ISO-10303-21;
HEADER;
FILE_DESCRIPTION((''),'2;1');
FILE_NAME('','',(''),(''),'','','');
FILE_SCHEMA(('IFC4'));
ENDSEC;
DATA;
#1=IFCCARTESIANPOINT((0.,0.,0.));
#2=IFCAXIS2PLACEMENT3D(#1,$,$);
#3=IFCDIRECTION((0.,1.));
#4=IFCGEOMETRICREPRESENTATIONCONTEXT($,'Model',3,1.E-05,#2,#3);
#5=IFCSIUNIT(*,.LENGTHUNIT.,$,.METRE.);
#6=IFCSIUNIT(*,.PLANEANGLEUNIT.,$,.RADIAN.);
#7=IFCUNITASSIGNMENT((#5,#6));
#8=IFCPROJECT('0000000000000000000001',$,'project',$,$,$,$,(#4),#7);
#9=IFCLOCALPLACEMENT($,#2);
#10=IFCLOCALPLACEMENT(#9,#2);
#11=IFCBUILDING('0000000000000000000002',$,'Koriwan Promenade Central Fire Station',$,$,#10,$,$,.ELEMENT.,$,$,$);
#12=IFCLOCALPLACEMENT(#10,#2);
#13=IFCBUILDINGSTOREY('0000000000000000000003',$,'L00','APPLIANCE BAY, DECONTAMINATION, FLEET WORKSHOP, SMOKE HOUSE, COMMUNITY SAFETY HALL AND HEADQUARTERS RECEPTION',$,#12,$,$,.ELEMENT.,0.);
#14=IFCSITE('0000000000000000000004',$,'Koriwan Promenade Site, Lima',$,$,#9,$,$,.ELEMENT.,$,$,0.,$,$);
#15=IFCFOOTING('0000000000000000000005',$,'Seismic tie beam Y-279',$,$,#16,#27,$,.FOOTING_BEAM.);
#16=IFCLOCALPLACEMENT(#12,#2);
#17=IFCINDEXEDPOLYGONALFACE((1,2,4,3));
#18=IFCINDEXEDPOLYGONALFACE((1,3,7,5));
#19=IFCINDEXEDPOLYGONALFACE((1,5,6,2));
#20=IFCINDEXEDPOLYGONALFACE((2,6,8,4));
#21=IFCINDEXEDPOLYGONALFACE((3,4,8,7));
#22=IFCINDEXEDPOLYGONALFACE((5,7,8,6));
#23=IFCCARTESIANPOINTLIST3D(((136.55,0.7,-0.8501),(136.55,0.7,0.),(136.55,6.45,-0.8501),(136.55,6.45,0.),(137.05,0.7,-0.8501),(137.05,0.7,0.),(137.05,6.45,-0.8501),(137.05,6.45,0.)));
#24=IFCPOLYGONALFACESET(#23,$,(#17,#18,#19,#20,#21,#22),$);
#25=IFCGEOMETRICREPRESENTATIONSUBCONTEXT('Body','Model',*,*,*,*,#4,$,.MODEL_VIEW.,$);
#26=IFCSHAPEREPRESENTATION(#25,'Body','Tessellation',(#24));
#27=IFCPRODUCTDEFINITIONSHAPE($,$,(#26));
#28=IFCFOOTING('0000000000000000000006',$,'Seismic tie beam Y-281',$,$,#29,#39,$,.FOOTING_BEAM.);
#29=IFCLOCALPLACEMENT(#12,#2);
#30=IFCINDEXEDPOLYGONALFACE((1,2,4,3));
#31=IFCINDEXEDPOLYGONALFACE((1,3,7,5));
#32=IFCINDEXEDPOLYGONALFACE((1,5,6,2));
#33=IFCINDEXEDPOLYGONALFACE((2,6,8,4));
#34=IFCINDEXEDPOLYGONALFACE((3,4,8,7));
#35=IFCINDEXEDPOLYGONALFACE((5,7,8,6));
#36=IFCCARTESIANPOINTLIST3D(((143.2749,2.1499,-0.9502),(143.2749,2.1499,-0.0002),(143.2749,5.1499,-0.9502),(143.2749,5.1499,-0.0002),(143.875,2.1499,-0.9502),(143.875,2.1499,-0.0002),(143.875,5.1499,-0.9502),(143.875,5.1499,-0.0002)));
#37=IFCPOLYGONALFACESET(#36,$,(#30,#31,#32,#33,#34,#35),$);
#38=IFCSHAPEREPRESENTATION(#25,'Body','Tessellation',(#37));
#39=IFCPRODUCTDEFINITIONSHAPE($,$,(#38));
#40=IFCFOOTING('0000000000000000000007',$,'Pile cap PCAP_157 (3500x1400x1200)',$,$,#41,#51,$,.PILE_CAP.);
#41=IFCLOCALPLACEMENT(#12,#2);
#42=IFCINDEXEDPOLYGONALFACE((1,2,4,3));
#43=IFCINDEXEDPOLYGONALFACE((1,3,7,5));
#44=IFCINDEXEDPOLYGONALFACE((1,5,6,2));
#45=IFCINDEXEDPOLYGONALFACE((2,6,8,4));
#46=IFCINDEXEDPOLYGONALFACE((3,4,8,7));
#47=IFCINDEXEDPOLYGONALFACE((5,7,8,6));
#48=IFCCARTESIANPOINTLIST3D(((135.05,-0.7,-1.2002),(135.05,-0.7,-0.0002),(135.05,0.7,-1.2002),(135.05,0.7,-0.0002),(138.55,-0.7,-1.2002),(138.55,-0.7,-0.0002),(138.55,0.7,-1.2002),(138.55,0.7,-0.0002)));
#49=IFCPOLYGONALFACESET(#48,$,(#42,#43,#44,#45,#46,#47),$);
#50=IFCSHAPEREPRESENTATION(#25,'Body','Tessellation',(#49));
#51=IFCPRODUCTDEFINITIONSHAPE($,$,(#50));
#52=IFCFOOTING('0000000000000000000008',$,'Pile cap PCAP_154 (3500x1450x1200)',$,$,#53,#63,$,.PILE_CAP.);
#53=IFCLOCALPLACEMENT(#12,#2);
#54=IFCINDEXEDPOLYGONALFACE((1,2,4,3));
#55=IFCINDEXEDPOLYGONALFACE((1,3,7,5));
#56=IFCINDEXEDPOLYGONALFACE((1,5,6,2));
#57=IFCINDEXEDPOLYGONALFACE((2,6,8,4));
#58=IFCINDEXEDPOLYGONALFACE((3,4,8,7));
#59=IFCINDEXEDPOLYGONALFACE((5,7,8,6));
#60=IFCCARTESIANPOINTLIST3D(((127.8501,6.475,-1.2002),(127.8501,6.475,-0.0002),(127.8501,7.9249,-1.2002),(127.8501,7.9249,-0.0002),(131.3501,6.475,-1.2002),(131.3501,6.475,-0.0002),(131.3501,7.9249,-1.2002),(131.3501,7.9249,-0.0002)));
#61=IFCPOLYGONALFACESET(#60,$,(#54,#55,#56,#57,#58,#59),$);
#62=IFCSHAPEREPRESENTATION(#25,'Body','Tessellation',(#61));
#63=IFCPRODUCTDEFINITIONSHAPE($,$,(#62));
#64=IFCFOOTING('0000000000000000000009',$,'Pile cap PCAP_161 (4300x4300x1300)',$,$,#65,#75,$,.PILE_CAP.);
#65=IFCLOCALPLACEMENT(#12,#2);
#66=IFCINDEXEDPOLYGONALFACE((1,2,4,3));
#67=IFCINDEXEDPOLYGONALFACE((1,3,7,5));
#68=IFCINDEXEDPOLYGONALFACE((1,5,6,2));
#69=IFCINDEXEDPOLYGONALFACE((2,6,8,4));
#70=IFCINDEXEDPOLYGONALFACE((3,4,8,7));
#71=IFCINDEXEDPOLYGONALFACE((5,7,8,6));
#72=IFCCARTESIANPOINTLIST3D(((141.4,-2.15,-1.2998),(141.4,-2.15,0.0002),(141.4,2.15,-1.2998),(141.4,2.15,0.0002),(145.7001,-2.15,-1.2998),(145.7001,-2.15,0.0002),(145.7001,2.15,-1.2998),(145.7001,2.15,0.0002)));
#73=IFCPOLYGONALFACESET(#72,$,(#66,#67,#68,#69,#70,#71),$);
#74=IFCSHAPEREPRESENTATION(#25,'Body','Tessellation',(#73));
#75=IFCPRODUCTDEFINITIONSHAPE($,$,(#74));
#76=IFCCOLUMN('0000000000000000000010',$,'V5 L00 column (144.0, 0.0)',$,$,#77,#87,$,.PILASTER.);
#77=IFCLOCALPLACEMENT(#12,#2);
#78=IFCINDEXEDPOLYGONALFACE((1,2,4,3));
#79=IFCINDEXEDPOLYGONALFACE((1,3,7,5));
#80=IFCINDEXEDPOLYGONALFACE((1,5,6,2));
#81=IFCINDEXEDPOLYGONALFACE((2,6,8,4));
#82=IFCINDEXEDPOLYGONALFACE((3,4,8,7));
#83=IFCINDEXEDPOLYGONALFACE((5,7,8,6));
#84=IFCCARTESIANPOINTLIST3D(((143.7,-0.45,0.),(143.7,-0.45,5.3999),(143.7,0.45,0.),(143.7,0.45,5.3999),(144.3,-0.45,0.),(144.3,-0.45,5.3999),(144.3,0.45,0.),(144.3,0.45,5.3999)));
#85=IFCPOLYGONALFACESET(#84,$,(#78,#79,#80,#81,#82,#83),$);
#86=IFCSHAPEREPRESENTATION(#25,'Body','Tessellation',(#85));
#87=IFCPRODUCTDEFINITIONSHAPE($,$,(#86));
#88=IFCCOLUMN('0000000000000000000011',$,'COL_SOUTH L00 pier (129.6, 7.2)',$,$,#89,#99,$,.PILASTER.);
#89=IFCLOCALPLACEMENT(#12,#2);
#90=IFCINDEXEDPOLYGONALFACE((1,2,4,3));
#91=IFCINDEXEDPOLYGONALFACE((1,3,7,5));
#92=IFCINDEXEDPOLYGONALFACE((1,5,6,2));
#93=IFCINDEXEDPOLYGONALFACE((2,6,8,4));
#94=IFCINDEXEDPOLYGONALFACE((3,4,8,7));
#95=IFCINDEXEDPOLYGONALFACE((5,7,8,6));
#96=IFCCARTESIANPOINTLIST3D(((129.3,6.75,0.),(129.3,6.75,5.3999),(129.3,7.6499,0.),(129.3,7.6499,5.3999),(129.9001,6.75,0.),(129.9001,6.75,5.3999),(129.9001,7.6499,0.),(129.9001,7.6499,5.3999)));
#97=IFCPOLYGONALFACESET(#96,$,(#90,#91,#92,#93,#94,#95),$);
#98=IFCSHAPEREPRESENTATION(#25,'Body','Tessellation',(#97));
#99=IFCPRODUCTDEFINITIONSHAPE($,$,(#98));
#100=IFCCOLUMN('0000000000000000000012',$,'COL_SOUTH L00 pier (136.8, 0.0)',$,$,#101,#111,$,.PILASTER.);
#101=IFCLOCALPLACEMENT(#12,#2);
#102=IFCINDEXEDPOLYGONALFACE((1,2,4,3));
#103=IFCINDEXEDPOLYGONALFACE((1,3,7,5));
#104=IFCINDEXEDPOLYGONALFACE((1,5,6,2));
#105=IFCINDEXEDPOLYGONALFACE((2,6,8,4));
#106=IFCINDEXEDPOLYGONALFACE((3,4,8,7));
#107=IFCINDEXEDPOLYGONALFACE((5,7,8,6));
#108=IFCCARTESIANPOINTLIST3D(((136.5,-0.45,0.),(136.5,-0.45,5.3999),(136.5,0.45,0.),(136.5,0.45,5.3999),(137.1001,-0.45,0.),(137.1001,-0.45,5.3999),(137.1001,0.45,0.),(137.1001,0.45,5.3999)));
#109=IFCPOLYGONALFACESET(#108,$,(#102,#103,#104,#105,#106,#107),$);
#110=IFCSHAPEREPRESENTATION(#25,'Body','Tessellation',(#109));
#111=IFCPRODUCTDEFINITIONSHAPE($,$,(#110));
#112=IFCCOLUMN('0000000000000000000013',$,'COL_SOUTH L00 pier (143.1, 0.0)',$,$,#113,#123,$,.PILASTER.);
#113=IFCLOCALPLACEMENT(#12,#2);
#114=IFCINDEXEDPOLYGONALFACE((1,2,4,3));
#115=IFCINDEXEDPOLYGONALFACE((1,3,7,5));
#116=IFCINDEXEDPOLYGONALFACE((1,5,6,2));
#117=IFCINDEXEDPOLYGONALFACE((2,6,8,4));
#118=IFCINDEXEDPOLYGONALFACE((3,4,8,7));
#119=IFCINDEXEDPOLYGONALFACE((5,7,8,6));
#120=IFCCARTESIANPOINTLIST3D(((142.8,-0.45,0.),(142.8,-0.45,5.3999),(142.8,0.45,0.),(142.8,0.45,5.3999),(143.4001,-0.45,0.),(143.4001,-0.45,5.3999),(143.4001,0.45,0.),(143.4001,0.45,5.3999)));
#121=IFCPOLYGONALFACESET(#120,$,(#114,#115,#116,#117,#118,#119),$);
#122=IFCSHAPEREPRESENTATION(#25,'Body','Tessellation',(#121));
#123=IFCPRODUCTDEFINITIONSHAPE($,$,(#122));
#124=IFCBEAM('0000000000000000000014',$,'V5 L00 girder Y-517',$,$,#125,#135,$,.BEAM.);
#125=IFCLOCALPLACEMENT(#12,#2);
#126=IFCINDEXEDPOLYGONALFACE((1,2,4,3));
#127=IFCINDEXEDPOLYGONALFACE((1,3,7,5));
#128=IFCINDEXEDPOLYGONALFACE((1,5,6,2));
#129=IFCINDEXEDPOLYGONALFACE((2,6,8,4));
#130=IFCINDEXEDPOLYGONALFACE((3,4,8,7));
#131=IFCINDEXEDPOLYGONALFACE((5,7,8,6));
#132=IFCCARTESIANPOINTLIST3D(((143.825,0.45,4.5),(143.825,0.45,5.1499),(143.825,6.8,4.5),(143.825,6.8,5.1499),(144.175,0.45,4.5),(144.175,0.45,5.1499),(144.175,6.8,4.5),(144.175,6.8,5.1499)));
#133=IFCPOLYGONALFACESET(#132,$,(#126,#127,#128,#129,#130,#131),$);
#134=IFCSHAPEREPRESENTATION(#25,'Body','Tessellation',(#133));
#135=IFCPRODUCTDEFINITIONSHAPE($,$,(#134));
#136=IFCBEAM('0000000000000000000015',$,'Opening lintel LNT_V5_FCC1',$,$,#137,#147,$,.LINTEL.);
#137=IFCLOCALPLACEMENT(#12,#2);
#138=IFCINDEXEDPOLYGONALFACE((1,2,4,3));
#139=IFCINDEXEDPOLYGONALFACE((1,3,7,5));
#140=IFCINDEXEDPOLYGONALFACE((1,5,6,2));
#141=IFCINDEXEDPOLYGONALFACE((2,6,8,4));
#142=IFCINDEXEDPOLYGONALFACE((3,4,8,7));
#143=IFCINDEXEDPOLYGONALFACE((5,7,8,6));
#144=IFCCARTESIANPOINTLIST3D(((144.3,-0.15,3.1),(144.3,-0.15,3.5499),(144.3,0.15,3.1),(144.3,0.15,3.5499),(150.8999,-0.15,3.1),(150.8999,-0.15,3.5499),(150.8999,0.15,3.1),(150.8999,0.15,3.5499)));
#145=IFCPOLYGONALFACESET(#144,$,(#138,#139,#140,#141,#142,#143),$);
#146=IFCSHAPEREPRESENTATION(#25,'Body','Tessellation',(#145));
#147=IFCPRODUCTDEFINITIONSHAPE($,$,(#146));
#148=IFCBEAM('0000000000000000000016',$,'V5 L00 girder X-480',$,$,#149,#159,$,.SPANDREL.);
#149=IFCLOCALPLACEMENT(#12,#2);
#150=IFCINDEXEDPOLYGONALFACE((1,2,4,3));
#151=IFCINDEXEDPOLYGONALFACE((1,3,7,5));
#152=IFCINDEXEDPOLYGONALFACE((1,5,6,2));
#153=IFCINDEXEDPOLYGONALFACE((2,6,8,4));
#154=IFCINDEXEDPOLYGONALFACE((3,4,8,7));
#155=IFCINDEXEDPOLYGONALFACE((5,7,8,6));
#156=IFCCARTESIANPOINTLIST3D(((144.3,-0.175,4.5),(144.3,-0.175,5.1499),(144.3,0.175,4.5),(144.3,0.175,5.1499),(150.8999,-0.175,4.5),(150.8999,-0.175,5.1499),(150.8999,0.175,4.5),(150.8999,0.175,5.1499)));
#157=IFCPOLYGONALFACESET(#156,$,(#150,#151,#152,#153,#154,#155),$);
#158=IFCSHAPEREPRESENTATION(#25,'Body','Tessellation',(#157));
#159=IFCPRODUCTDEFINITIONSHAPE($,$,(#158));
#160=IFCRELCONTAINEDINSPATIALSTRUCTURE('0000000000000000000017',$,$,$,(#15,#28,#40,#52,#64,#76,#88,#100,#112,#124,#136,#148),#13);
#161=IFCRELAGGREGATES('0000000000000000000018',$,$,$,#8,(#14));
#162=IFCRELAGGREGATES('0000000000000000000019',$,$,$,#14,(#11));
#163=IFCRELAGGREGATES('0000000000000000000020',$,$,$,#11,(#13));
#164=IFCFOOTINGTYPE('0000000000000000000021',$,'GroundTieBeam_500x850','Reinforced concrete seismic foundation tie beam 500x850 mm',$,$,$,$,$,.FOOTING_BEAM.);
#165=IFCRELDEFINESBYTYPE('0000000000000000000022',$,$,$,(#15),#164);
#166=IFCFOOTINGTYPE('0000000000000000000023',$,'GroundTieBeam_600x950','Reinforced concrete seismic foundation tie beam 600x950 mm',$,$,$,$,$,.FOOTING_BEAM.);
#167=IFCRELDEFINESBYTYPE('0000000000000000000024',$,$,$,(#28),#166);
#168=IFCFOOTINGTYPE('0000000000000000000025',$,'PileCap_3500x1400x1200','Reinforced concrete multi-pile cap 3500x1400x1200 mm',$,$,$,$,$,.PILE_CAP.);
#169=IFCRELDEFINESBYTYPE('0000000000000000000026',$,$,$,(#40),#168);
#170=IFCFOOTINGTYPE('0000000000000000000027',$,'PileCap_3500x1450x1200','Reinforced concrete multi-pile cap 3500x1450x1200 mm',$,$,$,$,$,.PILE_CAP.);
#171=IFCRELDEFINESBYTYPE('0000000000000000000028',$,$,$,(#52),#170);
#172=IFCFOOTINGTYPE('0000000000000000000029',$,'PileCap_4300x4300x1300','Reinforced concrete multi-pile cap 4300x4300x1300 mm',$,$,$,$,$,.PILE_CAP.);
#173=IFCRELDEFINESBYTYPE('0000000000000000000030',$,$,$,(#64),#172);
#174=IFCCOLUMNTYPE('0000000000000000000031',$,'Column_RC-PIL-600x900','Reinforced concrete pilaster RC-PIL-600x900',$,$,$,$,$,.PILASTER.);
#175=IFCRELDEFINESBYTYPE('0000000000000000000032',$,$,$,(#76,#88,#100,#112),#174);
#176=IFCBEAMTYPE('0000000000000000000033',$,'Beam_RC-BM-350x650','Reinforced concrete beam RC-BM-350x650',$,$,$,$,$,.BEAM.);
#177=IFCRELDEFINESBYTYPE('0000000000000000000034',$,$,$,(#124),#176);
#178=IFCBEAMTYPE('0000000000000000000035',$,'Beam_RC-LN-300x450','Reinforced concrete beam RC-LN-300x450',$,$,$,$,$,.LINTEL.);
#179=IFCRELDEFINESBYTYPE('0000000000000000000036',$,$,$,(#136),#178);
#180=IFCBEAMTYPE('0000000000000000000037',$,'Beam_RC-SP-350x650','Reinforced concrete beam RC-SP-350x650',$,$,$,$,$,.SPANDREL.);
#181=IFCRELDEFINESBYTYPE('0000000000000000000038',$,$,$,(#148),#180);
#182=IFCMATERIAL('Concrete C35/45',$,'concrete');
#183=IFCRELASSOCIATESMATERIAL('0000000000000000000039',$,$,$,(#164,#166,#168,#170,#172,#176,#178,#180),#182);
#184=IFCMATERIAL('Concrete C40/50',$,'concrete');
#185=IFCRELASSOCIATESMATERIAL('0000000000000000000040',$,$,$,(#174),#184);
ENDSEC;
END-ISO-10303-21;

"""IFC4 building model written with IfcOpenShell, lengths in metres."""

from ifc_helpers import new_model, si_unit, direction, frame, origin, origin_2d, place, context, subcontext, project, spatial, rectangle, extrude, material, material_profile, profile_set, type_object, element, save


model = new_model("IFC4")

# Units and contexts
model_context = context("Model", 3, precision=1e-05, world=origin(), true_north=direction((0.0, 1.0)))
body_context = subcontext(model_context, "Body", "Model", "MODEL_VIEW")
ifc_project = project(units=[si_unit("LENGTHUNIT", "METRE"), si_unit("PLANEANGLEUNIT", "RADIAN")], contexts=[model_context])

# Site, building, storey
site_placement = place(None, origin())
site = spatial("IfcSite", under=ifc_project, at=site_placement, Name="Koriwan Promenade Site, Lima", CompositionType="ELEMENT", RefElevation=0.0)
building_placement = place(site_placement, origin())
building = spatial("IfcBuilding", under=site, at=building_placement, Name="Koriwan Promenade Central Fire Station", CompositionType="ELEMENT")
storey_placement = place(building_placement, origin())
storey = spatial("IfcBuildingStorey", under=building, at=storey_placement, Name="L00", Description="APPLIANCE BAY, DECONTAMINATION, FLEET WORKSHOP, SMOKE HOUSE, COMMUNITY SAFETY HALL AND HEADQUARTERS RECEPTION", CompositionType="ELEMENT", Elevation=0.0)

# Shared definitions
ifc_material_1 = material(Name="Concrete C35/45", Category="concrete")

# Footings
footing_type_1 = type_object("IfcFootingType", Name="GroundTieBeam_500x850", Description="Reinforced concrete seismic foundation tie beam 500x850 mm", PredefinedType="FOOTING_BEAM", material=ifc_material_1)
footing_1_placement = place(storey_placement, frame((136.8, 3.575, -0.8501), z_axis=(0.0, 0.0, 1.0), x_axis=(0.0, 1.0, 0.0)))
element("IfcFooting", 1, at=footing_1_placement, inside=storey, type_object=footing_type_1, Name="Seismic tie beam Y-279", PredefinedType="FOOTING_BEAM", context=body_context, shape_type="SweptSolid", body=[
    extrude(rectangle(XDim=5.75, YDim=0.5, at=origin_2d()), origin(), (0.0, 0.0, 1.0), 0.8501),
])
footing_type_2 = type_object("IfcFootingType", Name="GroundTieBeam_600x950", Description="Reinforced concrete seismic foundation tie beam 600x950 mm", PredefinedType="FOOTING_BEAM", material=ifc_material_1)
footing_2_placement = place(storey_placement, frame((143.575, 3.6499, -0.9502), z_axis=(0.0, 0.0, 1.0), x_axis=(0.0, 1.0, 0.0)))
element("IfcFooting", 2, at=footing_2_placement, inside=storey, type_object=footing_type_2, Name="Seismic tie beam Y-281", PredefinedType="FOOTING_BEAM", context=body_context, shape_type="SweptSolid", body=[
    extrude(rectangle(XDim=3.0, YDim=0.6001, at=origin_2d()), origin(), (0.0, 0.0, 1.0), 0.95),
])
footing_type_3 = type_object("IfcFootingType", Name="PileCap_3500x1400x1200", Description="Reinforced concrete multi-pile cap 3500x1400x1200 mm", PredefinedType="PILE_CAP", material=ifc_material_1)
footing_3_placement = place(storey_placement, frame((136.8, 0.0, -1.2002), z_axis=(0.0, 0.0, 1.0), x_axis=(1.0, 0.0, 0.0)))
element("IfcFooting", 3, at=footing_3_placement, inside=storey, type_object=footing_type_3, Name="Pile cap PCAP_157 (3500x1400x1200)", PredefinedType="PILE_CAP", context=body_context, shape_type="SweptSolid", body=[
    extrude(rectangle(XDim=3.5, YDim=1.3999, at=origin_2d()), origin(), (0.0, 0.0, 1.0), 1.2),
])
footing_type_4 = type_object("IfcFootingType", Name="PileCap_3500x1450x1200", Description="Reinforced concrete multi-pile cap 3500x1450x1200 mm", PredefinedType="PILE_CAP", material=ifc_material_1)
footing_4_placement = place(storey_placement, frame((129.6001, 7.2, -1.2002), z_axis=(0.0, 0.0, 1.0), x_axis=(1.0, 0.0, 0.0)))
element("IfcFooting", 4, at=footing_4_placement, inside=storey, type_object=footing_type_4, Name="Pile cap PCAP_154 (3500x1450x1200)", PredefinedType="PILE_CAP", context=body_context, shape_type="SweptSolid", body=[
    extrude(rectangle(XDim=3.5, YDim=1.45, at=origin_2d()), origin(), (0.0, 0.0, 1.0), 1.2),
])
footing_type_5 = type_object("IfcFootingType", Name="PileCap_4300x4300x1300", Description="Reinforced concrete multi-pile cap 4300x4300x1300 mm", PredefinedType="PILE_CAP", material=ifc_material_1)
footing_5_placement = place(storey_placement, frame((143.55, 0.0, -1.2998), z_axis=(0.0, 0.0, 1.0), x_axis=(1.0, 0.0, 0.0)))
element("IfcFooting", 5, at=footing_5_placement, inside=storey, type_object=footing_type_5, Name="Pile cap PCAP_161 (4300x4300x1300)", PredefinedType="PILE_CAP", context=body_context, shape_type="SweptSolid", body=[
    extrude(rectangle(XDim=4.3, YDim=4.3, at=origin_2d()), origin(), (0.0, 0.0, 1.0), 1.3),
])

# Columns
ifc_material_2 = material(Name="Concrete C40/50", Category="concrete")
ifc_material_profile_1 = material_profile(ifc_material_2, rectangle(XDim=0.6001, YDim=0.8999, at=origin_2d()), Name="RC-PIL-600x900")
ifc_profile_set_1 = profile_set([ifc_material_profile_1], Name="Concrete C40/50")
column_type = type_object("IfcColumnType", Name="Column_RC-PIL-600x900", Description="Reinforced concrete pilaster RC-PIL-600x900", PredefinedType="PILASTER", material=ifc_profile_set_1)
for number, where, z_axis, x_axis, name in (
    (6, (144.0, 0.0, 0.0), (0.0, 0.0, 1.0), (1.0, 0.0, 0.0), "V5 L00 column (144.0, 0.0)"),
    (7, (129.6001, 7.2, 0.0), (0.0, 0.0, 1.0), (1.0, 0.0, 0.0), "COL_SOUTH L00 pier (129.6, 7.2)"),
    (8, (136.8, 0.0, 0.0), (0.0, 0.0, 1.0), (1.0, 0.0, 0.0), "COL_SOUTH L00 pier (136.8, 0.0)"),
    (9, (143.1001, 0.0, 0.0), (0.0, 0.0, 1.0), (1.0, 0.0, 0.0), "COL_SOUTH L00 pier (143.1, 0.0)"),
):
    element("IfcColumn", number, at=place(storey_placement, frame(where, z_axis=z_axis, x_axis=x_axis)), inside=storey, type_object=column_type, Name=name, PredefinedType="PILASTER", context=body_context, shape_type="SweptSolid", body=[
        extrude(rectangle(XDim=0.6001, YDim=0.8999, at=origin_2d()), origin(), (0.0, 0.0, 1.0), 5.3999),
    ])

# Beams
ifc_material_profile_2 = material_profile(ifc_material_1, rectangle(XDim=0.3501, YDim=0.6499, at=origin_2d()), Name="RC-BM-350x650")
ifc_profile_set_2 = profile_set([ifc_material_profile_2], Name="Concrete C35/45")
beam_type_1 = type_object("IfcBeamType", Name="Beam_RC-BM-350x650", Description="Reinforced concrete beam RC-BM-350x650", PredefinedType="BEAM", material=ifc_profile_set_2)
beam_1_placement = place(storey_placement, frame((144.0, 0.45, 4.825), z_axis=(0.0, 1.0, 0.0), x_axis=(-1.0, 0.0, 0.0)))
element("IfcBeam", 10, at=beam_1_placement, inside=storey, type_object=beam_type_1, Name="V5 L00 girder Y-517", PredefinedType="BEAM", context=body_context, shape_type="SweptSolid", body=[
    extrude(rectangle(XDim=0.3501, YDim=0.6499, at=origin_2d()), origin(), (0.0, 0.0, 1.0), 6.3501),
])
ifc_material_profile_3 = material_profile(ifc_material_1, rectangle(XDim=0.3, YDim=0.45, at=origin_2d()), Name="RC-LN-300x450")
ifc_profile_set_3 = profile_set([ifc_material_profile_3], Name="Concrete C35/45")
beam_type_2 = type_object("IfcBeamType", Name="Beam_RC-LN-300x450", Description="Reinforced concrete beam RC-LN-300x450", PredefinedType="LINTEL", material=ifc_profile_set_3)
beam_2_placement = place(storey_placement, frame((144.3, 0.0, 3.325), z_axis=(1.0, 0.0, 0.0), x_axis=(0.0, 1.0, 0.0)))
element("IfcBeam", 11, at=beam_2_placement, inside=storey, type_object=beam_type_2, Name="Opening lintel LNT_V5_FCC1", PredefinedType="LINTEL", context=body_context, shape_type="SweptSolid", body=[
    extrude(rectangle(XDim=0.3, YDim=0.45, at=origin_2d()), origin(), (0.0, 0.0, 1.0), 6.5999),
])
ifc_material_profile_4 = material_profile(ifc_material_1, rectangle(XDim=0.3501, YDim=0.6499, at=origin_2d()), Name="RC-SP-350x650")
ifc_profile_set_4 = profile_set([ifc_material_profile_4], Name="Concrete C35/45")
beam_type_3 = type_object("IfcBeamType", Name="Beam_RC-SP-350x650", Description="Reinforced concrete beam RC-SP-350x650", PredefinedType="SPANDREL", material=ifc_profile_set_4)
beam_3_placement = place(storey_placement, frame((144.3, 0.0, 4.825), z_axis=(1.0, 0.0, 0.0), x_axis=(0.0, 1.0, 0.0)))
element("IfcBeam", 12, at=beam_3_placement, inside=storey, type_object=beam_type_3, Name="V5 L00 girder X-480", PredefinedType="SPANDREL", context=body_context, shape_type="SweptSolid", body=[
    extrude(rectangle(XDim=0.3501, YDim=0.6499, at=origin_2d()), origin(), (0.0, 0.0, 1.0), 6.5999),
])

save(model, "model.ifc")
